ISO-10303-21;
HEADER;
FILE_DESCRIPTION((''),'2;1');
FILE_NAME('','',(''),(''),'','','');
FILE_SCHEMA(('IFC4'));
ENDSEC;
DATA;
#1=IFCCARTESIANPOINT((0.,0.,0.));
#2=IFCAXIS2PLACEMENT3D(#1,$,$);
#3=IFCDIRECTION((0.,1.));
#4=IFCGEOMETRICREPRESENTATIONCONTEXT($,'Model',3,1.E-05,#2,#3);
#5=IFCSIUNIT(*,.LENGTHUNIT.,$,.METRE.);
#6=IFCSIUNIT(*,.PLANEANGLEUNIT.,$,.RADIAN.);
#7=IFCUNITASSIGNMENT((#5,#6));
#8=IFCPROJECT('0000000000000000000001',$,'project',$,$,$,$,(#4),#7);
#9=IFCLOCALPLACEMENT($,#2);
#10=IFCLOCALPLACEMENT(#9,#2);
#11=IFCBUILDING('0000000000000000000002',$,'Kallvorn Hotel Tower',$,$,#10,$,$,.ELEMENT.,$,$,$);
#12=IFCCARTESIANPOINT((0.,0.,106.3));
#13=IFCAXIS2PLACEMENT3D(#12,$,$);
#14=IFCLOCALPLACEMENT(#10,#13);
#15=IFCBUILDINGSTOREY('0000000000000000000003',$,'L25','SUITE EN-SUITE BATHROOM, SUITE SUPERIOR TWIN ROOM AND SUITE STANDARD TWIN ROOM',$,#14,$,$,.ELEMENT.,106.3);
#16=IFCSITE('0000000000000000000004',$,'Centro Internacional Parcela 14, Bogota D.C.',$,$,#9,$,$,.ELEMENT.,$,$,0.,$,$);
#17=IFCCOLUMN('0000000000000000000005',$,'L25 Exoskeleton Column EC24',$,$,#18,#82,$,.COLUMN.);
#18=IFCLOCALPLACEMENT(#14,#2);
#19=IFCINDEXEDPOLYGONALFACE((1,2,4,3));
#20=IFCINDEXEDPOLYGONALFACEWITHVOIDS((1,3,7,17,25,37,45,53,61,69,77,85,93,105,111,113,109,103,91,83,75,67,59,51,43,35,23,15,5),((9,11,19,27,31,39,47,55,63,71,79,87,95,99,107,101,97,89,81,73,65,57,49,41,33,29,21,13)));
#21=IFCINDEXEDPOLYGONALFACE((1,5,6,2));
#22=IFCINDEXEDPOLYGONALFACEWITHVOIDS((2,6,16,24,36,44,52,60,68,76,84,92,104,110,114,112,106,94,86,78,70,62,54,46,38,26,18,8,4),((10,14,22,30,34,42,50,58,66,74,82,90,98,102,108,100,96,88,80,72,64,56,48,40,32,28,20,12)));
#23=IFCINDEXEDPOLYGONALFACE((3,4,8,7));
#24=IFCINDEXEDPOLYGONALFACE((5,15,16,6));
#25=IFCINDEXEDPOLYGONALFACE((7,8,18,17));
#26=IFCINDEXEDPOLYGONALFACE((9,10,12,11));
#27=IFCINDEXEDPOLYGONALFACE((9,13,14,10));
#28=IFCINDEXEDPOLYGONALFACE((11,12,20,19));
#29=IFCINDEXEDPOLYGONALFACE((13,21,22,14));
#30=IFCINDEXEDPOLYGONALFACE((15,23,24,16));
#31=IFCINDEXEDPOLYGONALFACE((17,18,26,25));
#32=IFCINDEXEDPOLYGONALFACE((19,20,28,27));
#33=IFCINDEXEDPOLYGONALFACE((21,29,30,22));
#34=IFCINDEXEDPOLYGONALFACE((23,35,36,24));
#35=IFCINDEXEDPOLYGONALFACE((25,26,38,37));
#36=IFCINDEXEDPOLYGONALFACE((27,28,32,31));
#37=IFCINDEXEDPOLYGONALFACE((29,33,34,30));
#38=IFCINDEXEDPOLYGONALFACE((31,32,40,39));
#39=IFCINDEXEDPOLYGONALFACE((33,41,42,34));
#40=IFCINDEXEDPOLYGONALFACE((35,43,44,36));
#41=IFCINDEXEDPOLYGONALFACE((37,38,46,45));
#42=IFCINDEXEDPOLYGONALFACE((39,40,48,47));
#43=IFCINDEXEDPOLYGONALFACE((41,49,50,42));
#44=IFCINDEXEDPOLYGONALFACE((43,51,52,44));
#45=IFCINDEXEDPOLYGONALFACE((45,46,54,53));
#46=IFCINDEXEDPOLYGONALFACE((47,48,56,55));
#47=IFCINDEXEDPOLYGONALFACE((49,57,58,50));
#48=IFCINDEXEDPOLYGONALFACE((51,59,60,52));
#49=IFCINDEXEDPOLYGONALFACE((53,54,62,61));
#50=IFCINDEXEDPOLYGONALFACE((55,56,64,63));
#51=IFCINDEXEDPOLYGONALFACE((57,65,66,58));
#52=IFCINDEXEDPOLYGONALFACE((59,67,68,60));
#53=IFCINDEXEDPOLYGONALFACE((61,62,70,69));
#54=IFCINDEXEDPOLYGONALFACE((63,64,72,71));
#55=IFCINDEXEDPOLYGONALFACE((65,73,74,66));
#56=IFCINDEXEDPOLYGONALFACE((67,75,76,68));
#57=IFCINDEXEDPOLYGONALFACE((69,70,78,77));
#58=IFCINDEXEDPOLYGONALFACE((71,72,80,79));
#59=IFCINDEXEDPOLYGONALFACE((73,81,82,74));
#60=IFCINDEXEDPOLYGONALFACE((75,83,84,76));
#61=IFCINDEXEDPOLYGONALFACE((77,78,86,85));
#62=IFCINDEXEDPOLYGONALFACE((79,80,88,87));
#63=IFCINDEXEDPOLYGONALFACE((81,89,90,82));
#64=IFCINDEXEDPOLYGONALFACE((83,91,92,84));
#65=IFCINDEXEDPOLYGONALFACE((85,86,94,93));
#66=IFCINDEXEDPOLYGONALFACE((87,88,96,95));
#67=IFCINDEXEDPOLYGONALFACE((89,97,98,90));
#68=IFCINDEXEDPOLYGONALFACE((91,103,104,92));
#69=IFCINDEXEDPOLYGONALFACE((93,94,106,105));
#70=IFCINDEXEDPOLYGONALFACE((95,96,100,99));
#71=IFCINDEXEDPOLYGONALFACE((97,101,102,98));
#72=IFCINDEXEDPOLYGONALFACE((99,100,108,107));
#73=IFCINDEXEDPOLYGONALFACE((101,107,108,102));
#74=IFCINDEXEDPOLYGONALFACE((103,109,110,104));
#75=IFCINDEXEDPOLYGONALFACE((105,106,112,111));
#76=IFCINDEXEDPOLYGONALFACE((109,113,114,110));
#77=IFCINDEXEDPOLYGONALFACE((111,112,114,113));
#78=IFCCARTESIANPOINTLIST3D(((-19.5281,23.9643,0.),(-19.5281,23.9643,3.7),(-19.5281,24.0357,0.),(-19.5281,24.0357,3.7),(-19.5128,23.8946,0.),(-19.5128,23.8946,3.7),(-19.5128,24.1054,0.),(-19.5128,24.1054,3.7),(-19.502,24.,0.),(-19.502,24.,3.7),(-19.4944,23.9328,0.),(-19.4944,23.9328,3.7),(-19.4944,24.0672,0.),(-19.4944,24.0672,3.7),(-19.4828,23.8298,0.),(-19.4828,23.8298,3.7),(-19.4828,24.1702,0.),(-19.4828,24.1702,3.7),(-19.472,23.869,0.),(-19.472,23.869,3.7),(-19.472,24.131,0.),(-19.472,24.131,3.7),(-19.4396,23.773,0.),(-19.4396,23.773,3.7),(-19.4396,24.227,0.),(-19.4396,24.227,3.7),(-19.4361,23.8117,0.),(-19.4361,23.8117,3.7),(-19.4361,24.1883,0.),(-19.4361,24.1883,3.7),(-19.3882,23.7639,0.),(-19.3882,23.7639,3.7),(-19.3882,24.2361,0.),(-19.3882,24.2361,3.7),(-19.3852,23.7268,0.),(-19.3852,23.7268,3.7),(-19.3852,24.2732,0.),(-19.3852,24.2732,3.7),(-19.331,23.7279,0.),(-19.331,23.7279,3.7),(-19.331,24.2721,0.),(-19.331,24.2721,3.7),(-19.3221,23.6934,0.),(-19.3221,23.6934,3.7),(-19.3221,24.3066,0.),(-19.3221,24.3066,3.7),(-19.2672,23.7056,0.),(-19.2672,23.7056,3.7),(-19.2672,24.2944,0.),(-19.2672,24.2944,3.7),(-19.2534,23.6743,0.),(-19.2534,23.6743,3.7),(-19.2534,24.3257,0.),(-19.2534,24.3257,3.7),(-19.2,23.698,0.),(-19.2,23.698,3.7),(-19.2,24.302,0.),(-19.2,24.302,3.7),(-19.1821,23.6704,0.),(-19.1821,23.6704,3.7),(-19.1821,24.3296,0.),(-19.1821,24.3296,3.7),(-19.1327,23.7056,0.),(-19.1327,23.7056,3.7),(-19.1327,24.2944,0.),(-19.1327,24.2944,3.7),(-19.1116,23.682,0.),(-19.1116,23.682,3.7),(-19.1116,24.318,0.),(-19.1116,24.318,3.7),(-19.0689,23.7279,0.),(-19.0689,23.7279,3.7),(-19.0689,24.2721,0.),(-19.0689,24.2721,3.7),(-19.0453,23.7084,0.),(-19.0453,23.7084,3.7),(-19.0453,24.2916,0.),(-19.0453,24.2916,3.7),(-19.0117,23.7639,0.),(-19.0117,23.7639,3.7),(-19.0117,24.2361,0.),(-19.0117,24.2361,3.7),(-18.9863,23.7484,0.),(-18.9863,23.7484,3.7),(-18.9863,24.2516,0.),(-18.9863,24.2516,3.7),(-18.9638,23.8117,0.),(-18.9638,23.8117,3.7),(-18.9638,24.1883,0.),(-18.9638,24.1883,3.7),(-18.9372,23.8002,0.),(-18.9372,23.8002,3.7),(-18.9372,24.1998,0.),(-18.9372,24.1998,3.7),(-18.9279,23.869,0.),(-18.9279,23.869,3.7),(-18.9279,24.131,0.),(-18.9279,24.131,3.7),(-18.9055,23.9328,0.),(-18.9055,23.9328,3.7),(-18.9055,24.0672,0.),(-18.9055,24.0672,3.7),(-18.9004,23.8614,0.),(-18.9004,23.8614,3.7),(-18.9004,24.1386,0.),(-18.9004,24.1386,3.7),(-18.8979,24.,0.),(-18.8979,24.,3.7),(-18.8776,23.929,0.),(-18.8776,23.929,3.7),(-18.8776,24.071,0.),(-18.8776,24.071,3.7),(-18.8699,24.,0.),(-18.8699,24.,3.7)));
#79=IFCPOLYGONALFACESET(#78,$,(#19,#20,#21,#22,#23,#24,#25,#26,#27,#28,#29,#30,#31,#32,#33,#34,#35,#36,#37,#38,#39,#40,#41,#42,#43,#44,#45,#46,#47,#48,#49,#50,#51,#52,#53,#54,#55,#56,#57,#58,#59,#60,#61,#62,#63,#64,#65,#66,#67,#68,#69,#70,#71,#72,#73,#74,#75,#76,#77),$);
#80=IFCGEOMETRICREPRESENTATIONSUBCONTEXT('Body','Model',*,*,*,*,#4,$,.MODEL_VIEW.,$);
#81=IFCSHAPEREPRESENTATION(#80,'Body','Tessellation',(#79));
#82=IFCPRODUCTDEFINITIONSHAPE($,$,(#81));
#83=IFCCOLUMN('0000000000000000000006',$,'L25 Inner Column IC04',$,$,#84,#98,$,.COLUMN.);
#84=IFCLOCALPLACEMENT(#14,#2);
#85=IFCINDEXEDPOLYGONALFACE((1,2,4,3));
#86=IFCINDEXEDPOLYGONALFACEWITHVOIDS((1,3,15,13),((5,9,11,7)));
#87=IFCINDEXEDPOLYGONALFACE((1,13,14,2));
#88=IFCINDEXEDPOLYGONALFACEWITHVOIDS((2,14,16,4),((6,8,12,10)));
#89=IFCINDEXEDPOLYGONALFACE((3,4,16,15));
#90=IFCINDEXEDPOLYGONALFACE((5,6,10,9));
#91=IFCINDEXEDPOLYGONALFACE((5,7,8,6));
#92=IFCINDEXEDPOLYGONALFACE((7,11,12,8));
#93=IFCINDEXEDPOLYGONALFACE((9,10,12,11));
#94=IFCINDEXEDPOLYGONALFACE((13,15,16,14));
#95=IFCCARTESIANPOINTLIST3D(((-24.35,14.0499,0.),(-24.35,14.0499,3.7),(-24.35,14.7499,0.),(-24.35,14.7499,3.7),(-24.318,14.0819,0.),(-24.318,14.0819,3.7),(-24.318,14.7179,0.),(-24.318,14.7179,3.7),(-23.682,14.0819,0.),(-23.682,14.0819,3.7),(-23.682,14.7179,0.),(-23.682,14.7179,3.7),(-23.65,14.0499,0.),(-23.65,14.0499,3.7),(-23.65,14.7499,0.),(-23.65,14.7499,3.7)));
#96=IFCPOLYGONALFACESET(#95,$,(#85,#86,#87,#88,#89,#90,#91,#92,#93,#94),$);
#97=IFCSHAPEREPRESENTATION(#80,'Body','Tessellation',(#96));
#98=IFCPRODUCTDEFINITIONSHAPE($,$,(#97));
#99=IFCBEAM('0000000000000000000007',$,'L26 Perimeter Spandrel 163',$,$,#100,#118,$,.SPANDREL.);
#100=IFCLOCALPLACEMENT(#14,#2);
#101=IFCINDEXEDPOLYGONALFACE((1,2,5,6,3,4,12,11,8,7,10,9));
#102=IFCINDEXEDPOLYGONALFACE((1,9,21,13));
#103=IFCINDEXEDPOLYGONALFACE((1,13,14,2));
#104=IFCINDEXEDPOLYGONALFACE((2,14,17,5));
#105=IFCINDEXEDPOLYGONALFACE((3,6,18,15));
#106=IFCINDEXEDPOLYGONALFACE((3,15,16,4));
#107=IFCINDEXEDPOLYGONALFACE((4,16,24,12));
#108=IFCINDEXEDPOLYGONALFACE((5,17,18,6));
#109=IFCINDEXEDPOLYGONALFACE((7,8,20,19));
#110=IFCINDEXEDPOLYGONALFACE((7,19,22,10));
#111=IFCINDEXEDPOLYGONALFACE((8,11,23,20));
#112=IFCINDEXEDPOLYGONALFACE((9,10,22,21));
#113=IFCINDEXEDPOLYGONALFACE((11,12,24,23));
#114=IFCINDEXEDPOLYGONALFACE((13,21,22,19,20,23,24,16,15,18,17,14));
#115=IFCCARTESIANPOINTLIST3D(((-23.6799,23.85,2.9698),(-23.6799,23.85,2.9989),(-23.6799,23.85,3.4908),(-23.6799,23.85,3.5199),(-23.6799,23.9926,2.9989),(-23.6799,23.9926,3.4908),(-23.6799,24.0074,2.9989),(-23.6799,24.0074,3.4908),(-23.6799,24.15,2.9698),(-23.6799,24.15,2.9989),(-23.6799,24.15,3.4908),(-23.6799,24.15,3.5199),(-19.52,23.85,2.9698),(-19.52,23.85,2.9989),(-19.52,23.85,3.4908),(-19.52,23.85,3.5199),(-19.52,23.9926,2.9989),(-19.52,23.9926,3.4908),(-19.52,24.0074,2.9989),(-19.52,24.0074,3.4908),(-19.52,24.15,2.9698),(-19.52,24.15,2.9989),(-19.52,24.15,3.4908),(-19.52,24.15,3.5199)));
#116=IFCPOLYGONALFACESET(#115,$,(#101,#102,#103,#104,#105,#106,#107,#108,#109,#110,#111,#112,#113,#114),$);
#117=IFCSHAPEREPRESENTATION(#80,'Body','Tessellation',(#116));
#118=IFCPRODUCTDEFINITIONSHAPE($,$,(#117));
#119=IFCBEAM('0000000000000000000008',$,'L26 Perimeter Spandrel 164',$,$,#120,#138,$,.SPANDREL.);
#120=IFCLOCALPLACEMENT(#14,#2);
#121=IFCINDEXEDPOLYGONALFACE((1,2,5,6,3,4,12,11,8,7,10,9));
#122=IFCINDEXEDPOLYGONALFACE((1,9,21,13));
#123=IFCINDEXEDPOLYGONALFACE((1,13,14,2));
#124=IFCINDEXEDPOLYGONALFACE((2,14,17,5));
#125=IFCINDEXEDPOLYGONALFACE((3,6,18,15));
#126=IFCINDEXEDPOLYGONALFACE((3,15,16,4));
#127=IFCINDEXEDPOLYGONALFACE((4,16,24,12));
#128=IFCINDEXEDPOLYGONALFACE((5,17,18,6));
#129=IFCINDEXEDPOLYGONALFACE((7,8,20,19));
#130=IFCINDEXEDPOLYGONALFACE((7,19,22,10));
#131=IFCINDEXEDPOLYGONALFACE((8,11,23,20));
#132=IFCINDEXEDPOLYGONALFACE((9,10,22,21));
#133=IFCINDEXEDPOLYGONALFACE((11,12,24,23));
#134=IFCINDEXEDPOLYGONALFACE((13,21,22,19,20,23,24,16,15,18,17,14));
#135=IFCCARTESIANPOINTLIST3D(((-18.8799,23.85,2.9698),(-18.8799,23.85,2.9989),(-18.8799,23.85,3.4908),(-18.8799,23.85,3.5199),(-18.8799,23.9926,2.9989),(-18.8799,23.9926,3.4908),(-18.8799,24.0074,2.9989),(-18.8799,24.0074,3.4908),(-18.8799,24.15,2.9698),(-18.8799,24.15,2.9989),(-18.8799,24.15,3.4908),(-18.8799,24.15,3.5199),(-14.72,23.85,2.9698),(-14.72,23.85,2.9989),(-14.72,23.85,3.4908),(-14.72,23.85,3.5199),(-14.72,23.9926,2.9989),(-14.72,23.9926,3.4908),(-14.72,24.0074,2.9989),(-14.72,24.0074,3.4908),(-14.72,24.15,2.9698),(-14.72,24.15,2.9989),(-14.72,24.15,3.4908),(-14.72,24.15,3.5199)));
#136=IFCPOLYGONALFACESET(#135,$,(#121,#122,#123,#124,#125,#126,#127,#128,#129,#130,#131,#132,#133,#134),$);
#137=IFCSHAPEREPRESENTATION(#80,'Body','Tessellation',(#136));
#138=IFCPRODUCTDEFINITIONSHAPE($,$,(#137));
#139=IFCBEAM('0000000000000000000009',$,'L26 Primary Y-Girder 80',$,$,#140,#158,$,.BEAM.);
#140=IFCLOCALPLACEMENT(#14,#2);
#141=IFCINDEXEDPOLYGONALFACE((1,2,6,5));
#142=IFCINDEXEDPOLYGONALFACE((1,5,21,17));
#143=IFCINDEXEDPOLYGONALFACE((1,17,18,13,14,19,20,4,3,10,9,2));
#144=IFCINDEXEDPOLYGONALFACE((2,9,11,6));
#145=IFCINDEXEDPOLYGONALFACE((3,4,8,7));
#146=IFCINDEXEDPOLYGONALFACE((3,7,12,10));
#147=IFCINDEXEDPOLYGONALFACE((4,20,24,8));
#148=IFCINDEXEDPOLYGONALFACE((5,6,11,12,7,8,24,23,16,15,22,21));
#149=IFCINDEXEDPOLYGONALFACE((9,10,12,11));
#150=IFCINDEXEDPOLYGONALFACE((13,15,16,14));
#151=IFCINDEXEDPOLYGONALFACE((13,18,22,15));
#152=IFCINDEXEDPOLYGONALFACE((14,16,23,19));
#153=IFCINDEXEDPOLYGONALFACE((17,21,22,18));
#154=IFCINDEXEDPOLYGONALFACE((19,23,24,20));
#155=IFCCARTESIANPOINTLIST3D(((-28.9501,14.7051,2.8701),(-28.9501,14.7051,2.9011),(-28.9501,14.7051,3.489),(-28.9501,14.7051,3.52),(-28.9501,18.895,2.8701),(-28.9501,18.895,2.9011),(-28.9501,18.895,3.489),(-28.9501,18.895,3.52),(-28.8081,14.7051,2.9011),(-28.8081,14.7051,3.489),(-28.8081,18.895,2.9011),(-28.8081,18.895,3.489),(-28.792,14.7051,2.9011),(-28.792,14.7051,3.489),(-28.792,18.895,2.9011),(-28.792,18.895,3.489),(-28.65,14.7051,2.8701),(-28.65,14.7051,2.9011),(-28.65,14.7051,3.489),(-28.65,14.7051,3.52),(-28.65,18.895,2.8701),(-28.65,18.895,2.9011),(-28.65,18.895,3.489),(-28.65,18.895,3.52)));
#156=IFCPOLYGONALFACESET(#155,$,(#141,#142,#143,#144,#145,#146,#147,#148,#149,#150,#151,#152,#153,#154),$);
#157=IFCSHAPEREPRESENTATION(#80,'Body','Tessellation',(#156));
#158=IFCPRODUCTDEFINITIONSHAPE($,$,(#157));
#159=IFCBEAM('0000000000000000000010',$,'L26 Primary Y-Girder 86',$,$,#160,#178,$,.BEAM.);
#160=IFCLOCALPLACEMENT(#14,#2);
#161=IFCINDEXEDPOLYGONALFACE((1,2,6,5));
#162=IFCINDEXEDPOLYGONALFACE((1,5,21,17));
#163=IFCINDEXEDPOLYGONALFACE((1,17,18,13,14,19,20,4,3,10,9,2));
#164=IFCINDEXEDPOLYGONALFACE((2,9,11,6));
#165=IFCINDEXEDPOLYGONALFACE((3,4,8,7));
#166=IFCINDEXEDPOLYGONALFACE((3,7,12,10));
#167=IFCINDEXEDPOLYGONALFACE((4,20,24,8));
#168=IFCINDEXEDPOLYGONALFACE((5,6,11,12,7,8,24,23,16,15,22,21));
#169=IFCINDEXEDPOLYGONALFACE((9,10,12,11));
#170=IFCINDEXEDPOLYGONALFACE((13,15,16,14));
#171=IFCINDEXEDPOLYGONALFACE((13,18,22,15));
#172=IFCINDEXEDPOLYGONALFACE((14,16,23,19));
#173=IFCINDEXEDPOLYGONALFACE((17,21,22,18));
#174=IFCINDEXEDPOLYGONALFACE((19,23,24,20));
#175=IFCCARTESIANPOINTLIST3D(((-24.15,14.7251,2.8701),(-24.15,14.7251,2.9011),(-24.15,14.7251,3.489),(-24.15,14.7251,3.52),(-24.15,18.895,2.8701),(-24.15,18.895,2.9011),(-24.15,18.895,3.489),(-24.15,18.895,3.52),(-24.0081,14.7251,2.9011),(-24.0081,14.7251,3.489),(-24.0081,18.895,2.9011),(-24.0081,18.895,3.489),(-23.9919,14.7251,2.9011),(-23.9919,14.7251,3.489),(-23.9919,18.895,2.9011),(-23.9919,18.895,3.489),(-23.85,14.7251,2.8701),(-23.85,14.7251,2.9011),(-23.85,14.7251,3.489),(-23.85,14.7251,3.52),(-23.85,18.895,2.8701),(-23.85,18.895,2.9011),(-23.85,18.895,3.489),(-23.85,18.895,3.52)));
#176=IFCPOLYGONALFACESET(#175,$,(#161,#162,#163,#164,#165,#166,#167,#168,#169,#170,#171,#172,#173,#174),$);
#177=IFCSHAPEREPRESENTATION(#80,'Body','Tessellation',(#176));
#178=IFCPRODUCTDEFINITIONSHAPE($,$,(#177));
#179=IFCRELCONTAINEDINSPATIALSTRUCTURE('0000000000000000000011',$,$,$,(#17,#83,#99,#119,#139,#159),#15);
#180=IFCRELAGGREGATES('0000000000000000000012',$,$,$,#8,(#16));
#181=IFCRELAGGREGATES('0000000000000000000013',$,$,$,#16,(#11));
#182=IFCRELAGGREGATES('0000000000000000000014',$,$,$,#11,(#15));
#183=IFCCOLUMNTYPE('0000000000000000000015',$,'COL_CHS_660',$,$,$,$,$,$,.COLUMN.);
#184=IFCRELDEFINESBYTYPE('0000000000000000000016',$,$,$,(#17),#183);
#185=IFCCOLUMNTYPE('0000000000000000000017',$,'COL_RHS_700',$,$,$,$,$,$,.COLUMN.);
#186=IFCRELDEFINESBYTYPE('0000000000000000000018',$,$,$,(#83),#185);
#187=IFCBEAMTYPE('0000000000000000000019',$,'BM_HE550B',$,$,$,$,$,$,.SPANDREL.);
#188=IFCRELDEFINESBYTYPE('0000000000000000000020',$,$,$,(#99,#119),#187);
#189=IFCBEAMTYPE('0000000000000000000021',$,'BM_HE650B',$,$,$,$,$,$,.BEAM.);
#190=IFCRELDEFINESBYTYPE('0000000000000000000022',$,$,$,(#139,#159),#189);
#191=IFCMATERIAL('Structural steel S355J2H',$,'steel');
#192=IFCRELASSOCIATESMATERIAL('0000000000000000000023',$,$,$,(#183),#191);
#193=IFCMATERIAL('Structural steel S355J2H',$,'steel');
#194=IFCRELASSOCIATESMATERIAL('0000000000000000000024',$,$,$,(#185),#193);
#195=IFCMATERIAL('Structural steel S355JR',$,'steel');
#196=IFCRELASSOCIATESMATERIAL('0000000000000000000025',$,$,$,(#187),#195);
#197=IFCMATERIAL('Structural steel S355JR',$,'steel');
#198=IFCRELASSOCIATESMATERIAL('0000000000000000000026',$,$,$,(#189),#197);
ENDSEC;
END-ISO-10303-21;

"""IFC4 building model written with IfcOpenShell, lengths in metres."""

from ifc_helpers import new_model, si_unit, direction, frame, origin, origin_2d, place, context, subcontext, project, spatial, hollow_rectangle, hollow_circle, i_section, extrude, material, material_profile, profile_set, type_object, element, save


model = new_model("IFC4")

# Units and contexts
model_context = context("Model", 3, precision=1e-05, world=origin(), true_north=direction((0.0, 1.0)))
body_context = subcontext(model_context, "Body", "Model", "MODEL_VIEW")
ifc_project = project(units=[si_unit("LENGTHUNIT", "METRE"), si_unit("PLANEANGLEUNIT", "RADIAN")], contexts=[model_context])

# Site, building, storey
site_placement = place(None, origin())
site = spatial("IfcSite", under=ifc_project, at=site_placement, Name="Centro Internacional Parcela 14, Bogota D.C.", CompositionType="ELEMENT", RefElevation=0.0)
building_placement = place(site_placement, origin())
building = spatial("IfcBuilding", under=site, at=building_placement, Name="Kallvorn Hotel Tower", CompositionType="ELEMENT")
storey_placement = place(building_placement, frame((0.0, 0.0, 106.3)))
storey = spatial("IfcBuildingStorey", under=building, at=storey_placement, Name="L25", Description="SUITE EN-SUITE BATHROOM, SUITE SUPERIOR TWIN ROOM AND SUITE STANDARD TWIN ROOM", CompositionType="ELEMENT", Elevation=106.3)

# Columns
ifc_material_1 = material(Name="Structural steel S355J2H", Category="steel")
ifc_material_profile_1 = material_profile(ifc_material_1, hollow_circle(Radius=0.3301, WallThickness=0.0281, at=origin_2d()), Name="CHS 660x28")
ifc_profile_set_1 = profile_set([ifc_material_profile_1], Name="Structural steel S355J2H")
column_type_1 = type_object("IfcColumnType", Name="COL_CHS_660", PredefinedType="COLUMN", material=ifc_profile_set_1)
for number, where, z_axis, x_axis, name in (
    (1, (-19.2, 24.0, 0.0), (0.0, 0.0, 1.0), (1.0, 0.0, 0.0), "L25 Exoskeleton Column EC24"),
):
    element("IfcColumn", number, at=place(storey_placement, frame(where, z_axis=z_axis, x_axis=x_axis)), inside=storey, type_object=column_type_1, Name=name, PredefinedType="COLUMN", context=body_context, shape_type="SweptSolid", body=[
        extrude(hollow_circle(Radius=0.3301, WallThickness=0.0281, at=origin_2d()), origin(), (0.0, 0.0, 1.0), 3.7),
    ])
ifc_material_2 = material(Name="Structural steel S355J2H", Category="steel")
ifc_material_profile_2 = material_profile(ifc_material_2, hollow_rectangle(XDim=0.7, YDim=0.7, WallThickness=0.032, at=origin_2d()), Name="RHS 700x700x32")
ifc_profile_set_2 = profile_set([ifc_material_profile_2], Name="Structural steel S355J2H")
column_type_2 = type_object("IfcColumnType", Name="COL_RHS_700", PredefinedType="COLUMN", material=ifc_profile_set_2)
column_placement = place(storey_placement, frame((-24.0, 14.3999, 0.0), z_axis=(0.0, 0.0, 1.0), x_axis=(1.0, 0.0, 0.0)))
element("IfcColumn", 2, at=column_placement, inside=storey, type_object=column_type_2, Name="L25 Inner Column IC04", PredefinedType="COLUMN", context=body_context, shape_type="SweptSolid", body=[
    extrude(hollow_rectangle(XDim=0.7, YDim=0.7, WallThickness=0.032, at=origin_2d()), origin(), (0.0, 0.0, 1.0), 3.7),
])

# Beams
ifc_material_3 = material(Name="Structural steel S355JR", Category="steel")
ifc_material_profile_3 = material_profile(ifc_material_3, i_section(OverallWidth=0.3, OverallDepth=0.55, WebThickness=0.0149, FlangeThickness=0.0291, at=origin_2d()), Name="HE 550 B")
ifc_profile_set_3 = profile_set([ifc_material_profile_3], Name="Structural steel S355JR")
beam_type_1 = type_object("IfcBeamType", Name="BM_HE550B", PredefinedType="SPANDREL", material=ifc_profile_set_3)
for number, where, z_axis, x_axis, name in (
    (3, (-23.6799, 24.0, 3.2449), (1.0, 0.0, 0.0), (0.0, 1.0, 0.0), "L26 Perimeter Spandrel 163"),
    (4, (-18.8799, 24.0, 3.2449), (1.0, 0.0, 0.0), (0.0, 1.0, 0.0), "L26 Perimeter Spandrel 164"),
):
    element("IfcBeam", number, at=place(storey_placement, frame(where, z_axis=z_axis, x_axis=x_axis)), inside=storey, type_object=beam_type_1, Name=name, PredefinedType="SPANDREL", context=body_context, shape_type="SweptSolid", body=[
        extrude(i_section(OverallWidth=0.3, OverallDepth=0.55, WebThickness=0.0149, FlangeThickness=0.0291, at=origin_2d()), origin(), (0.0, 0.0, 1.0), 4.1599),
    ])
ifc_material_4 = material(Name="Structural steel S355JR", Category="steel")
ifc_material_profile_4 = material_profile(ifc_material_4, i_section(OverallWidth=0.3, OverallDepth=0.6499, WebThickness=0.0161, FlangeThickness=0.031, at=origin_2d()), Name="HE 650 B")
ifc_profile_set_4 = profile_set([ifc_material_profile_4], Name="Structural steel S355JR")
beam_type_2 = type_object("IfcBeamType", Name="BM_HE650B", PredefinedType="BEAM", material=ifc_profile_set_4)
beam_1_placement = place(storey_placement, frame((-28.8, 14.7051, 3.1951), z_axis=(0.0, 1.0, 0.0), x_axis=(-1.0, 0.0, 0.0)))
element("IfcBeam", 5, at=beam_1_placement, inside=storey, type_object=beam_type_2, Name="L26 Primary Y-Girder 80", PredefinedType="BEAM", context=body_context, shape_type="SweptSolid", body=[
    extrude(i_section(OverallWidth=0.3, OverallDepth=0.6499, WebThickness=0.0161, FlangeThickness=0.031, at=origin_2d()), origin(), (0.0, 0.0, 1.0), 4.1899),
])
beam_2_placement = place(storey_placement, frame((-24.0, 14.7251, 3.1951), z_axis=(0.0, 1.0, 0.0), x_axis=(-1.0, 0.0, 0.0)))
element("IfcBeam", 6, at=beam_2_placement, inside=storey, type_object=beam_type_2, Name="L26 Primary Y-Girder 86", PredefinedType="BEAM", context=body_context, shape_type="SweptSolid", body=[
    extrude(i_section(OverallWidth=0.3, OverallDepth=0.6499, WebThickness=0.0161, FlangeThickness=0.031, at=origin_2d()), origin(), (0.0, 0.0, 1.0), 4.1699),
])

save(model, "model.ifc")
